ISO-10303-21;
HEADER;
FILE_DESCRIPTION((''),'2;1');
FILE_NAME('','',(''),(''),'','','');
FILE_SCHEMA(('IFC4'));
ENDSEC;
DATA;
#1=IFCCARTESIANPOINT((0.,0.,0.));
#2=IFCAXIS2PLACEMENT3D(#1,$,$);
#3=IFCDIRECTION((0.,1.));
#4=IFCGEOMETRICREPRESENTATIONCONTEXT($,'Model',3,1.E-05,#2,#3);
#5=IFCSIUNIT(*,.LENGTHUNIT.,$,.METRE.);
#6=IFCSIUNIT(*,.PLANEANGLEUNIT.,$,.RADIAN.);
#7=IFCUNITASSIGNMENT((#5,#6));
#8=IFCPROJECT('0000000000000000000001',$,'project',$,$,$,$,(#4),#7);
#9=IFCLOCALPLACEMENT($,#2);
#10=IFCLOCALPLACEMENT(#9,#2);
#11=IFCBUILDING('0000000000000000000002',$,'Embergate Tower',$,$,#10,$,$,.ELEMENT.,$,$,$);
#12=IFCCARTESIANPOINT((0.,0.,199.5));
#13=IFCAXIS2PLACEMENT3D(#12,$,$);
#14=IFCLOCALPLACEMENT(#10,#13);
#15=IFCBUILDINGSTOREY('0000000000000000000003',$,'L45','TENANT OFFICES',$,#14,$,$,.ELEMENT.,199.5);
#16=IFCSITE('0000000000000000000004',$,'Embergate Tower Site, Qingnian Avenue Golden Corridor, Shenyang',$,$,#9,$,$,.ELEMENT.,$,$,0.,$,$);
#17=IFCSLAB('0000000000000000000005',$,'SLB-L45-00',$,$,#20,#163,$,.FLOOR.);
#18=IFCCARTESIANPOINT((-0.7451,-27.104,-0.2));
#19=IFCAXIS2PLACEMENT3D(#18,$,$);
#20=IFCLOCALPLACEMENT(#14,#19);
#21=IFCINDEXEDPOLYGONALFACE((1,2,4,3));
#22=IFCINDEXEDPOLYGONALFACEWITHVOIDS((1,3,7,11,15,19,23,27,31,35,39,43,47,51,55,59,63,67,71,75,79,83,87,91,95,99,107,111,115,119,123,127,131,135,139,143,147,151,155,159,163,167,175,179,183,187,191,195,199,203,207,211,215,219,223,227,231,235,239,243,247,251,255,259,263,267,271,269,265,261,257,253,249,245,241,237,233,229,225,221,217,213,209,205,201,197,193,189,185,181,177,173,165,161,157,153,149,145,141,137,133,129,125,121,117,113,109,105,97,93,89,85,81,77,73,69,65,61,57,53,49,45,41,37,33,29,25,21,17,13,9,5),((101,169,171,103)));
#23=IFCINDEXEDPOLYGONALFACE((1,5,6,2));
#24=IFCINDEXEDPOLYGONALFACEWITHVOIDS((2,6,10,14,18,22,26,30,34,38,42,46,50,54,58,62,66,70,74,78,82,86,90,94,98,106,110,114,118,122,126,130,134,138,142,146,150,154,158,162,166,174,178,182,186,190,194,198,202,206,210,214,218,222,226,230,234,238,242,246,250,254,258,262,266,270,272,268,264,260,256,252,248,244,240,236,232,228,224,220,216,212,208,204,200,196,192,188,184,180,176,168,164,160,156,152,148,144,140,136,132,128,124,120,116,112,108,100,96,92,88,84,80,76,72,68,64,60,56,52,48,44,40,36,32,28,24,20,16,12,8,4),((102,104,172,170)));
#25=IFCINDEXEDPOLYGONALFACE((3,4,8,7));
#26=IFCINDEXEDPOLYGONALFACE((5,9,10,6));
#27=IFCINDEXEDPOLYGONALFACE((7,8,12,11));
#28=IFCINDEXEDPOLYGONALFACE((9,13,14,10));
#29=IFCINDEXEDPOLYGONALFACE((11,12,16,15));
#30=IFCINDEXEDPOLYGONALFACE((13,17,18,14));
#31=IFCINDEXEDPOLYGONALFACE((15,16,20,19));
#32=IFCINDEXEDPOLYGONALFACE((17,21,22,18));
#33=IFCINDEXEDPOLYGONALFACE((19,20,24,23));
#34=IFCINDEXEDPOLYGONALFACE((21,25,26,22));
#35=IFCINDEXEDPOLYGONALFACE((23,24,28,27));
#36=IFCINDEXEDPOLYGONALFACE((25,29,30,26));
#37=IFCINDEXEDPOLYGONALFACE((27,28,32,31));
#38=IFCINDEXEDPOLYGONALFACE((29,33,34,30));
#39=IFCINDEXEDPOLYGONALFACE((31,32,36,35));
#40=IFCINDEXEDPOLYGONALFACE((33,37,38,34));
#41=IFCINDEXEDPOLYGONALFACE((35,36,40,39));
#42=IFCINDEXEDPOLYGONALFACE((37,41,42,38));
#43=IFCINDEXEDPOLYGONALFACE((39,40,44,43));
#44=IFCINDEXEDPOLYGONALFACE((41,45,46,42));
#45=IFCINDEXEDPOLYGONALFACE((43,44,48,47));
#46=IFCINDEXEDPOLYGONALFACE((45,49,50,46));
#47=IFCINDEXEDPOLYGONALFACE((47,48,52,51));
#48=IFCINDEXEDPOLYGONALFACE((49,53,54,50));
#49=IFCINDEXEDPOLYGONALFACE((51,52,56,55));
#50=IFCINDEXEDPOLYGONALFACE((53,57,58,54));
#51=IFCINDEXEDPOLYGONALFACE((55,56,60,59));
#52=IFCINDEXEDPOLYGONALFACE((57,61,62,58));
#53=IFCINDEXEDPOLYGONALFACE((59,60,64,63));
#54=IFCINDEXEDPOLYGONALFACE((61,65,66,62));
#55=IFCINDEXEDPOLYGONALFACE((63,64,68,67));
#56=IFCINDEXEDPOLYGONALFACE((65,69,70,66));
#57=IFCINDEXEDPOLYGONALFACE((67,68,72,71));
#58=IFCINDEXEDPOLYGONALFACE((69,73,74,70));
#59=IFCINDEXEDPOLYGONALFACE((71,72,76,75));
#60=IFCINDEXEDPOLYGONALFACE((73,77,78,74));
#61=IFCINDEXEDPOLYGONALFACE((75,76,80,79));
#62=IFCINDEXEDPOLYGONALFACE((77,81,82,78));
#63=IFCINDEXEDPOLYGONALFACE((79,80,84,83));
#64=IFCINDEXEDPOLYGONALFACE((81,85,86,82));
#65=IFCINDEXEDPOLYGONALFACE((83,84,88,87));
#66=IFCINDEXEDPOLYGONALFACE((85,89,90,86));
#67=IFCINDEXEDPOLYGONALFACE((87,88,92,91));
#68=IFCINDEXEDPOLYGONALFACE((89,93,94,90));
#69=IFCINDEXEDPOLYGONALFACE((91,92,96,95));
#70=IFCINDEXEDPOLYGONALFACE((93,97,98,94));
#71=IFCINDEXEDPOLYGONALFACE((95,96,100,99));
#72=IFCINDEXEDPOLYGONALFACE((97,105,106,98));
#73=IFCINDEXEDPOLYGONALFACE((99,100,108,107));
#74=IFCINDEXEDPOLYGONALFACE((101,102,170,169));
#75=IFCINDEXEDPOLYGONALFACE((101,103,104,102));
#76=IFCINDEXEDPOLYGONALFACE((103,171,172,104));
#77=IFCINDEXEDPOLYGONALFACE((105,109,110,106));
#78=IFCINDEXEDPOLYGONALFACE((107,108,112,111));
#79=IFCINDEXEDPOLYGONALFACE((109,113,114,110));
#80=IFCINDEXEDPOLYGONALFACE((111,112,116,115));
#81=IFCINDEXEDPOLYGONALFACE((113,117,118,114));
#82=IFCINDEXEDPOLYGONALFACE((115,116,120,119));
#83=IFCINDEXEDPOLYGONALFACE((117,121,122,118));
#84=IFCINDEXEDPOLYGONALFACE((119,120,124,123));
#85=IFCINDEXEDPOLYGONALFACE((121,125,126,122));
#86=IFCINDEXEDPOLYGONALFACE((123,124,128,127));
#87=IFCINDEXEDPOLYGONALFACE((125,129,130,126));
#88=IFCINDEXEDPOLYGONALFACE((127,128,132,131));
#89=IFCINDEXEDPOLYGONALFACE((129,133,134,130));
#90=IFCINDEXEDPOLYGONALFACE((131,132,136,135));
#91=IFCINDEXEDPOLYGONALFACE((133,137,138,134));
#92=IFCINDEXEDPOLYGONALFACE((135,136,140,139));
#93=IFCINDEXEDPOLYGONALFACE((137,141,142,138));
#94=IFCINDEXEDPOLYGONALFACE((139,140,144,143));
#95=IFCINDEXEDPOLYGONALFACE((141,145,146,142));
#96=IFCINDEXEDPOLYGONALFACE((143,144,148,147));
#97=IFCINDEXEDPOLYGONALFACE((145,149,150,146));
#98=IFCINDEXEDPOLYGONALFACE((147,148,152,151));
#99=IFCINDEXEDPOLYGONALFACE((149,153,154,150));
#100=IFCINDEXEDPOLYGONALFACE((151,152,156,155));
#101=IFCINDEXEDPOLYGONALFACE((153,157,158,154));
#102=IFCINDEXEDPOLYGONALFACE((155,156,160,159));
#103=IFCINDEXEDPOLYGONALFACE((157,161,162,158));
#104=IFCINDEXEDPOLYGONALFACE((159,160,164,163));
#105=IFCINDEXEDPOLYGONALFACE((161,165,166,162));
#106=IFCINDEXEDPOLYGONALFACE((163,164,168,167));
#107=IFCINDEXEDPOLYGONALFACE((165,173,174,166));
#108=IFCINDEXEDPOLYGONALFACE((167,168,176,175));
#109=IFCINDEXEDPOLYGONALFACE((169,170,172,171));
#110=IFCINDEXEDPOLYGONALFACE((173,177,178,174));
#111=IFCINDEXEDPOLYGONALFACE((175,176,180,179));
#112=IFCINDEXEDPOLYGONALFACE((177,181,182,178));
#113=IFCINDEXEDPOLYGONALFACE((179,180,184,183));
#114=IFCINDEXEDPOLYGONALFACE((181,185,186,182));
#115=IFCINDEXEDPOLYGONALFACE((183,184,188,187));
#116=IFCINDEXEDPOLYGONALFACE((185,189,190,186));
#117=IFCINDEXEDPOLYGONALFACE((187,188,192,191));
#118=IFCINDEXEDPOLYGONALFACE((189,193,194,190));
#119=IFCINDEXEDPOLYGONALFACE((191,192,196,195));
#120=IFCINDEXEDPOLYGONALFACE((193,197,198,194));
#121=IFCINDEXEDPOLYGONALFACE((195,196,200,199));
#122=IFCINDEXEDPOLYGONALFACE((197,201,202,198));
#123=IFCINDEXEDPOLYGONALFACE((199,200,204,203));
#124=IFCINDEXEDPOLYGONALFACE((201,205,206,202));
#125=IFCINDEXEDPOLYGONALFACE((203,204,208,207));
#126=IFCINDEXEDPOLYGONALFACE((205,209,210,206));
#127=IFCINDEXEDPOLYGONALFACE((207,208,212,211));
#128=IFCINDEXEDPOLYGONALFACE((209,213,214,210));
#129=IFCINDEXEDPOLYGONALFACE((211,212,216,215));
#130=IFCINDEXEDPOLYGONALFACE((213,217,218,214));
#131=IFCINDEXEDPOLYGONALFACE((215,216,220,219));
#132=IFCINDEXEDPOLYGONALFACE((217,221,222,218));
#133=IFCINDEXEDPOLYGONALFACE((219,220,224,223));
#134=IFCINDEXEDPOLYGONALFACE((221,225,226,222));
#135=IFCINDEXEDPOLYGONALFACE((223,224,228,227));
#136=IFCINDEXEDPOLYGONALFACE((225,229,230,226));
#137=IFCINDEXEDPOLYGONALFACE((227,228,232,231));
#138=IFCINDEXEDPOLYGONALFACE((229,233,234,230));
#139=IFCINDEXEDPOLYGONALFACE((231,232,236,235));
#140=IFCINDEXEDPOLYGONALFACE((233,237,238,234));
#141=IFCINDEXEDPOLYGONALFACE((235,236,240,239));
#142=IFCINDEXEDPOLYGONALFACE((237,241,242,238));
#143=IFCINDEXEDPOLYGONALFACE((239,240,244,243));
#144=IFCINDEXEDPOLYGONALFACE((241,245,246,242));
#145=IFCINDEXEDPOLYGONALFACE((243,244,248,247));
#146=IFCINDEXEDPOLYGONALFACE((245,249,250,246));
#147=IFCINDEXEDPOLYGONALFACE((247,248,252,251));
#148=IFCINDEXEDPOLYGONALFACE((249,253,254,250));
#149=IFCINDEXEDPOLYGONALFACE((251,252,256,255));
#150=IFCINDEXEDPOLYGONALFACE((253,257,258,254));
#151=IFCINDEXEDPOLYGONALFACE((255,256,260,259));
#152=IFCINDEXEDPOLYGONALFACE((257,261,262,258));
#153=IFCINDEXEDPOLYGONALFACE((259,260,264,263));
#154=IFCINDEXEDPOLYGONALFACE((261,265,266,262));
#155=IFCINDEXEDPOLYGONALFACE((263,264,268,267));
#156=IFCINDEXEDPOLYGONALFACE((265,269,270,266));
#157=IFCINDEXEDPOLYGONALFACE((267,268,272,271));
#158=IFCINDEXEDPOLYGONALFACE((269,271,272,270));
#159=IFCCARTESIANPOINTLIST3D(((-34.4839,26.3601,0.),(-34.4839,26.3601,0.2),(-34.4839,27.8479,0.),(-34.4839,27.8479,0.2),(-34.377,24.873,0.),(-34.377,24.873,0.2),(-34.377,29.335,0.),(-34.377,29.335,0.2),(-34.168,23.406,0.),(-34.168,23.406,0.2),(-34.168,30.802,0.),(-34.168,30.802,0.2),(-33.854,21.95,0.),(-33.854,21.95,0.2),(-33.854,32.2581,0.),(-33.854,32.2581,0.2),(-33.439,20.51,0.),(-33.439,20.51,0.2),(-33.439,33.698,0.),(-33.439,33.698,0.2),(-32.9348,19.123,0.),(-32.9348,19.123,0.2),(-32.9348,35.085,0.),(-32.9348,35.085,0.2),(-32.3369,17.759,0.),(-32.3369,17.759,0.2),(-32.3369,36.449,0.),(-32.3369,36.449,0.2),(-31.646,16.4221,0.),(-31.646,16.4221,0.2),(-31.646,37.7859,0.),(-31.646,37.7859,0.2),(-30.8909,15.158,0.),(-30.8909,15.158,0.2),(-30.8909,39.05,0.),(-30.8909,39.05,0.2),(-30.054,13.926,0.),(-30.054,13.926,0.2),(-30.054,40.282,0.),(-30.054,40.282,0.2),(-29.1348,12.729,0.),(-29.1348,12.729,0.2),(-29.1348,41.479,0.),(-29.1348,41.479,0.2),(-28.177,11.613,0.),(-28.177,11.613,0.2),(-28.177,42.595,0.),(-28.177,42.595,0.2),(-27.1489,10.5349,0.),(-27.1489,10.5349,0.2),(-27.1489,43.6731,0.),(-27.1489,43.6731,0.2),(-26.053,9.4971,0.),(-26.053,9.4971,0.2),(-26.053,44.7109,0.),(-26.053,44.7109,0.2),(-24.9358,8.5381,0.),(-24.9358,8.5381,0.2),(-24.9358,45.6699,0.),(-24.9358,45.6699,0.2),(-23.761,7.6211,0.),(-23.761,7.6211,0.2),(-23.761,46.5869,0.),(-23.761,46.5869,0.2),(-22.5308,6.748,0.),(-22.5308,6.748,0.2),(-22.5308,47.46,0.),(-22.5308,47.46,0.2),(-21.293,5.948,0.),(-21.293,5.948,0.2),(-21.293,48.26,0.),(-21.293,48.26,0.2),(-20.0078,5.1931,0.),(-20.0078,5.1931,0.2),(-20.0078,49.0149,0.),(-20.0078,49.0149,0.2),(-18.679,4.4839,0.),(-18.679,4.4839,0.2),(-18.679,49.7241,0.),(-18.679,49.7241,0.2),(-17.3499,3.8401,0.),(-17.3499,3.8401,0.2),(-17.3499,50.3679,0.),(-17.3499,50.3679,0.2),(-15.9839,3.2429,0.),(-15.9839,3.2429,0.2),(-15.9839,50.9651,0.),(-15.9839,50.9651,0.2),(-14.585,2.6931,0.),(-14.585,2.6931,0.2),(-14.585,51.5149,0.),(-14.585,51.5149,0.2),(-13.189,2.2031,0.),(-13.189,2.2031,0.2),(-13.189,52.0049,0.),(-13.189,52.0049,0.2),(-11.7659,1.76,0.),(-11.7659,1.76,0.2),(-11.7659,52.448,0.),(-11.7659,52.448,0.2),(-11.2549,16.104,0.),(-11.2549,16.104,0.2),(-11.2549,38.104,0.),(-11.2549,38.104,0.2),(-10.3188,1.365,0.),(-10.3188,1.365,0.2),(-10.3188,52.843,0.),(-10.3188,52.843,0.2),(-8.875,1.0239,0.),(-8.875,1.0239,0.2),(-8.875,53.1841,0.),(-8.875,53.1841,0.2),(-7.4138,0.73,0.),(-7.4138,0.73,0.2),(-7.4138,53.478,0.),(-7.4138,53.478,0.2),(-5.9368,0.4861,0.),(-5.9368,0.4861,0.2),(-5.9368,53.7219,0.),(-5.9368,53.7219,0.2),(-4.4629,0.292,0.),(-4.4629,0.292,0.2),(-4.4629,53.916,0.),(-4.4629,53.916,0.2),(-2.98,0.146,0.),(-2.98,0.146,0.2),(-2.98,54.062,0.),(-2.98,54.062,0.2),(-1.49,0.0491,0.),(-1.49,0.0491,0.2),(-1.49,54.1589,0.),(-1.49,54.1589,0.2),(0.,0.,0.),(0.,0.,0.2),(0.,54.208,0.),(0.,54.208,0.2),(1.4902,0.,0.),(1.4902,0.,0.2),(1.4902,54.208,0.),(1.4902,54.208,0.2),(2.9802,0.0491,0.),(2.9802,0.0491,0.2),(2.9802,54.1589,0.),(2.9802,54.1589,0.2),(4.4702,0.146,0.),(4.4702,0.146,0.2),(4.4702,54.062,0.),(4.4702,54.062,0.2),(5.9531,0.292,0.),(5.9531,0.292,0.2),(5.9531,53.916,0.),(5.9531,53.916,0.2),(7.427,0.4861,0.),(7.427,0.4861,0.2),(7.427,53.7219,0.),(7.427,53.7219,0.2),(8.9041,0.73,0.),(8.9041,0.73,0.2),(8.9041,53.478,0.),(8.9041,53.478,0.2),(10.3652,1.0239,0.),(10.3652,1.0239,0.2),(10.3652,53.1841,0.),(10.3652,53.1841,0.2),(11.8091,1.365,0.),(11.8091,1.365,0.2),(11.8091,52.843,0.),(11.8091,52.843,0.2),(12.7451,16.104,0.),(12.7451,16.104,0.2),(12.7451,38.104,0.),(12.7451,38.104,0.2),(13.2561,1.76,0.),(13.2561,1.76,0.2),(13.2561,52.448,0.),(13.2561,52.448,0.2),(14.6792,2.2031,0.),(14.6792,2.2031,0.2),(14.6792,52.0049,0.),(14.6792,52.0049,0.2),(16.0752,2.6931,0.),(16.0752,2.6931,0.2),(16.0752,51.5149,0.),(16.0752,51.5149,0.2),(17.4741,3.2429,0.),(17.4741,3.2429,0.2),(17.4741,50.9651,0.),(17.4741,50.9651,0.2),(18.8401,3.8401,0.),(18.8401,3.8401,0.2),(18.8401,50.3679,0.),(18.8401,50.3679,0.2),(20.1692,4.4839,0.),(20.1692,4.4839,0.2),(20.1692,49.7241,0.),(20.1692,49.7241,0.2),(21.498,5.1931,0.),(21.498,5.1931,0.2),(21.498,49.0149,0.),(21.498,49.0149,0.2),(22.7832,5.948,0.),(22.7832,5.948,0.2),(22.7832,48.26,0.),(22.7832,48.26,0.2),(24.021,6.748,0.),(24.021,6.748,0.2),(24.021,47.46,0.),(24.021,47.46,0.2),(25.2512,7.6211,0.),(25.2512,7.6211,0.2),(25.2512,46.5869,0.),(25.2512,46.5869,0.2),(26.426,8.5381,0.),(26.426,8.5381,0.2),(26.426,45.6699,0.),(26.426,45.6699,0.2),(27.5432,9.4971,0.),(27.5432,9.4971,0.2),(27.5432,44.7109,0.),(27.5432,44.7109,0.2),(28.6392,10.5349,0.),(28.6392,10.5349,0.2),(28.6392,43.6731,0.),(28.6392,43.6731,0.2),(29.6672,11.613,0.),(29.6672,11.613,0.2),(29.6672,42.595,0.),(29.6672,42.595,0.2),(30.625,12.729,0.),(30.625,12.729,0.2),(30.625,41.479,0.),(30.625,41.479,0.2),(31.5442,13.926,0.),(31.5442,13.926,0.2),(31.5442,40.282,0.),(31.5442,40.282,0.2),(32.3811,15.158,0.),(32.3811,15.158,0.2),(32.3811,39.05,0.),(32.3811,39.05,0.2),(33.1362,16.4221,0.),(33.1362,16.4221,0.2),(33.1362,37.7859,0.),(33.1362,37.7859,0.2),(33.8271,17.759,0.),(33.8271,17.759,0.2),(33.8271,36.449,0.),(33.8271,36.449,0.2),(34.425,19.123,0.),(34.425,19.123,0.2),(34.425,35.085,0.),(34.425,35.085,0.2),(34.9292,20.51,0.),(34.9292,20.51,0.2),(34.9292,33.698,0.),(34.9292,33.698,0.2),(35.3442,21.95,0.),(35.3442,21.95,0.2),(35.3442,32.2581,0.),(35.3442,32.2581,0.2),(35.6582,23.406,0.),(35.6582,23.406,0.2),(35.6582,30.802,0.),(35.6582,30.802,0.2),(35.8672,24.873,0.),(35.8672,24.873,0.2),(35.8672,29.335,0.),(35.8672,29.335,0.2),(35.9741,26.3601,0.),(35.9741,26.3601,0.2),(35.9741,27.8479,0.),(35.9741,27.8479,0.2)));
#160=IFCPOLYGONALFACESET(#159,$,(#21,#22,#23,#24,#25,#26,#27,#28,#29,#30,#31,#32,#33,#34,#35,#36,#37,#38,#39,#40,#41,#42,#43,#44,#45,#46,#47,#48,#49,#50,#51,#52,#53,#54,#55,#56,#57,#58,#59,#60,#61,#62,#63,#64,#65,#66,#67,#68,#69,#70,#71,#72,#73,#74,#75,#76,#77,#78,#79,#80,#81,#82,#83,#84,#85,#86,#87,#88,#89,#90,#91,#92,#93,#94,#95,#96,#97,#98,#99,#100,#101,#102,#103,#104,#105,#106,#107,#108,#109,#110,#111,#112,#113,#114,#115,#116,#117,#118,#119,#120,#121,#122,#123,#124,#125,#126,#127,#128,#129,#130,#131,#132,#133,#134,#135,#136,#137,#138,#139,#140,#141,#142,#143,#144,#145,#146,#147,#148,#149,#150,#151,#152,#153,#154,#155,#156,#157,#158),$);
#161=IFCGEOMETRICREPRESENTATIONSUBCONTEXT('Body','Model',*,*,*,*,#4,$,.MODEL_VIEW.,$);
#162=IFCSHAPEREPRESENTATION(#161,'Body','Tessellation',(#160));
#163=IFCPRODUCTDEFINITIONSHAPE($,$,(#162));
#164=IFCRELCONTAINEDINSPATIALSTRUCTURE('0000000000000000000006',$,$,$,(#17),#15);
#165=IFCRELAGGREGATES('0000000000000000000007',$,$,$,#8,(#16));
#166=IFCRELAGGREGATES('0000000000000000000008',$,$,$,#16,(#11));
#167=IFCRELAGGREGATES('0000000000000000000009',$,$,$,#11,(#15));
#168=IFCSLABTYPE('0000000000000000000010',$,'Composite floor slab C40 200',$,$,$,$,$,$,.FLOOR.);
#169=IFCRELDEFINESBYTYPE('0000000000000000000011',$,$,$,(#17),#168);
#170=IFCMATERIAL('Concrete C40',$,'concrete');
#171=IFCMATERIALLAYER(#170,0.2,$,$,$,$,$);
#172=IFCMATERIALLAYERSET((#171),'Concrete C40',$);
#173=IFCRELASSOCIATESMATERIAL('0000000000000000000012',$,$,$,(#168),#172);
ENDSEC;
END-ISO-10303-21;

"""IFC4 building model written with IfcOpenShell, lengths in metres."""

from ifc_helpers import new_model, si_unit, direction, frame, origin, place, context, subcontext, project, spatial, polyline, outline, extrude, source, transform, mapped, material, layer, layer_set, type_object, element, save


model = new_model("IFC4")

# Units and contexts
model_context = context("Model", 3, precision=1e-05, world=origin(), true_north=direction((0.0, 1.0)))
body_context = subcontext(model_context, "Body", "Model", "MODEL_VIEW")
ifc_project = project(units=[si_unit("LENGTHUNIT", "METRE"), si_unit("PLANEANGLEUNIT", "RADIAN")], contexts=[model_context])

# Site, building, storey
site_placement = place(None, origin())
site = spatial("IfcSite", under=ifc_project, at=site_placement, Name="Embergate Tower Site, Qingnian Avenue Golden Corridor, Shenyang", CompositionType="ELEMENT", RefElevation=0.0)
building_placement = place(site_placement, origin())
building = spatial("IfcBuilding", under=site, at=building_placement, Name="Embergate Tower", CompositionType="ELEMENT")
storey_placement = place(building_placement, frame((0.0, 0.0, 199.5)))
storey = spatial("IfcBuildingStorey", under=building, at=storey_placement, Name="L45", Description="TENANT OFFICES", CompositionType="ELEMENT", Elevation=199.5)

# Slab
ifc_material_1 = material(Name="Concrete C40", Category="concrete")
ifc_layer_1 = layer(ifc_material_1, 0.2)
ifc_layer_set_1 = layer_set([ifc_layer_1], Name="Concrete C40")
slab_type = type_object("IfcSlabType", Name="Composite floor slab C40 200", PredefinedType="FLOOR", material=ifc_layer_set_1)
shared_shape_1 = source(origin(), body_context, "Body", "SweptSolid", [
    extrude(outline(polyline([(0.0, 0.0), (1.4902, 0.0), (2.9802, 0.0491), (4.4702, 0.146), (5.9531, 0.292), (7.427, 0.4861), (8.9041, 0.73), (10.3652, 1.0239), (11.8091, 1.365), (13.2561, 1.76), (14.6792, 2.2031), (16.0752, 2.6931), (17.4741, 3.2429), (18.8401, 3.8401), (20.1692, 4.4839), (21.498, 5.1931), (22.7832, 5.948), (24.021, 6.748), (25.2512, 7.6211), (26.426, 8.5381), (27.5432, 9.4971), (28.6392, 10.5349), (29.6672, 11.613), (30.625, 12.729), (31.5442, 13.926), (32.3811, 15.158), (33.1362, 16.4221), (33.8271, 17.759), (34.425, 19.123), (34.9292, 20.51), (35.3442, 21.95), (35.6582, 23.406), (35.8672, 24.873), (35.9741, 26.3601), (35.9741, 27.8479), (35.8672, 29.335), (35.6582, 30.802), (35.3442, 32.2581), (34.9292, 33.698), (34.425, 35.085), (33.8271, 36.449), (33.1362, 37.7859), (32.3811, 39.05), (31.5442, 40.282), (30.625, 41.479), (29.6672, 42.595), (28.6392, 43.6731), (27.5432, 44.7109), (26.426, 45.6699), (25.2512, 46.5869), (24.021, 47.46), (22.7832, 48.26), (21.498, 49.0149), (20.1692, 49.7241), (18.8401, 50.3679), (17.4741, 50.9651), (16.0752, 51.5149), (14.6792, 52.0049), (13.2561, 52.448), (11.8091, 52.843), (10.3652, 53.1841), (8.9041, 53.478), (7.427, 53.7219), (5.9531, 53.916), (4.4702, 54.062), (2.9802, 54.1589), (1.4902, 54.208), (0.0, 54.208), (-1.49, 54.1589), (-2.98, 54.062), (-4.4629, 53.916), (-5.9368, 53.7219), (-7.4138, 53.478), (-8.875, 53.1841), (-10.3188, 52.843), (-11.7659, 52.448), (-13.189, 52.0049), (-14.585, 51.5149), (-15.9839, 50.9651), (-17.3499, 50.3679), (-18.679, 49.7241), (-20.0078, 49.0149), (-21.293, 48.26), (-22.5308, 47.46), (-23.761, 46.5869), (-24.9358, 45.6699), (-26.053, 44.7109), (-27.1489, 43.6731), (-28.177, 42.595), (-29.1348, 41.479), (-30.054, 40.282), (-30.8909, 39.05), (-31.646, 37.7859), (-32.3369, 36.449), (-32.9348, 35.085), (-33.439, 33.698), (-33.854, 32.2581), (-34.168, 30.802), (-34.377, 29.335), (-34.4839, 27.8479), (-34.4839, 26.3601), (-34.377, 24.873), (-34.168, 23.406), (-33.854, 21.95), (-33.439, 20.51), (-32.9348, 19.123), (-32.3369, 17.759), (-31.646, 16.4221), (-30.8909, 15.158), (-30.054, 13.926), (-29.1348, 12.729), (-28.177, 11.613), (-27.1489, 10.5349), (-26.053, 9.4971), (-24.9358, 8.5381), (-23.761, 7.6211), (-22.5308, 6.748), (-21.293, 5.948), (-20.0078, 5.1931), (-18.679, 4.4839), (-17.3499, 3.8401), (-15.9839, 3.2429), (-14.585, 2.6931), (-13.189, 2.2031), (-11.7659, 1.76), (-10.3188, 1.365), (-8.875, 1.0239), (-7.4138, 0.73), (-5.9368, 0.4861), (-4.4629, 0.292), (-2.98, 0.146), (-1.49, 0.0491), (0.0, 0.0)]), holes=[polyline([(-11.2549, 16.104), (-11.2549, 38.104), (12.7451, 38.104), (12.7451, 16.104), (-11.2549, 16.104)])]), origin(), (0.0, 0.0, 1.0), 0.2),
])
slab_placement = place(storey_placement, frame((-0.7451, -27.104, -0.2)))
element("IfcSlab", 1, at=slab_placement, inside=storey, type_object=slab_type, Name="SLB-L45-00", PredefinedType="FLOOR", context=body_context, shape_type="MappedRepresentation", body=[
    mapped(shared_shape_1, transform((0.0, 0.0, 0.0))),
])

save(model, "model.ifc")
